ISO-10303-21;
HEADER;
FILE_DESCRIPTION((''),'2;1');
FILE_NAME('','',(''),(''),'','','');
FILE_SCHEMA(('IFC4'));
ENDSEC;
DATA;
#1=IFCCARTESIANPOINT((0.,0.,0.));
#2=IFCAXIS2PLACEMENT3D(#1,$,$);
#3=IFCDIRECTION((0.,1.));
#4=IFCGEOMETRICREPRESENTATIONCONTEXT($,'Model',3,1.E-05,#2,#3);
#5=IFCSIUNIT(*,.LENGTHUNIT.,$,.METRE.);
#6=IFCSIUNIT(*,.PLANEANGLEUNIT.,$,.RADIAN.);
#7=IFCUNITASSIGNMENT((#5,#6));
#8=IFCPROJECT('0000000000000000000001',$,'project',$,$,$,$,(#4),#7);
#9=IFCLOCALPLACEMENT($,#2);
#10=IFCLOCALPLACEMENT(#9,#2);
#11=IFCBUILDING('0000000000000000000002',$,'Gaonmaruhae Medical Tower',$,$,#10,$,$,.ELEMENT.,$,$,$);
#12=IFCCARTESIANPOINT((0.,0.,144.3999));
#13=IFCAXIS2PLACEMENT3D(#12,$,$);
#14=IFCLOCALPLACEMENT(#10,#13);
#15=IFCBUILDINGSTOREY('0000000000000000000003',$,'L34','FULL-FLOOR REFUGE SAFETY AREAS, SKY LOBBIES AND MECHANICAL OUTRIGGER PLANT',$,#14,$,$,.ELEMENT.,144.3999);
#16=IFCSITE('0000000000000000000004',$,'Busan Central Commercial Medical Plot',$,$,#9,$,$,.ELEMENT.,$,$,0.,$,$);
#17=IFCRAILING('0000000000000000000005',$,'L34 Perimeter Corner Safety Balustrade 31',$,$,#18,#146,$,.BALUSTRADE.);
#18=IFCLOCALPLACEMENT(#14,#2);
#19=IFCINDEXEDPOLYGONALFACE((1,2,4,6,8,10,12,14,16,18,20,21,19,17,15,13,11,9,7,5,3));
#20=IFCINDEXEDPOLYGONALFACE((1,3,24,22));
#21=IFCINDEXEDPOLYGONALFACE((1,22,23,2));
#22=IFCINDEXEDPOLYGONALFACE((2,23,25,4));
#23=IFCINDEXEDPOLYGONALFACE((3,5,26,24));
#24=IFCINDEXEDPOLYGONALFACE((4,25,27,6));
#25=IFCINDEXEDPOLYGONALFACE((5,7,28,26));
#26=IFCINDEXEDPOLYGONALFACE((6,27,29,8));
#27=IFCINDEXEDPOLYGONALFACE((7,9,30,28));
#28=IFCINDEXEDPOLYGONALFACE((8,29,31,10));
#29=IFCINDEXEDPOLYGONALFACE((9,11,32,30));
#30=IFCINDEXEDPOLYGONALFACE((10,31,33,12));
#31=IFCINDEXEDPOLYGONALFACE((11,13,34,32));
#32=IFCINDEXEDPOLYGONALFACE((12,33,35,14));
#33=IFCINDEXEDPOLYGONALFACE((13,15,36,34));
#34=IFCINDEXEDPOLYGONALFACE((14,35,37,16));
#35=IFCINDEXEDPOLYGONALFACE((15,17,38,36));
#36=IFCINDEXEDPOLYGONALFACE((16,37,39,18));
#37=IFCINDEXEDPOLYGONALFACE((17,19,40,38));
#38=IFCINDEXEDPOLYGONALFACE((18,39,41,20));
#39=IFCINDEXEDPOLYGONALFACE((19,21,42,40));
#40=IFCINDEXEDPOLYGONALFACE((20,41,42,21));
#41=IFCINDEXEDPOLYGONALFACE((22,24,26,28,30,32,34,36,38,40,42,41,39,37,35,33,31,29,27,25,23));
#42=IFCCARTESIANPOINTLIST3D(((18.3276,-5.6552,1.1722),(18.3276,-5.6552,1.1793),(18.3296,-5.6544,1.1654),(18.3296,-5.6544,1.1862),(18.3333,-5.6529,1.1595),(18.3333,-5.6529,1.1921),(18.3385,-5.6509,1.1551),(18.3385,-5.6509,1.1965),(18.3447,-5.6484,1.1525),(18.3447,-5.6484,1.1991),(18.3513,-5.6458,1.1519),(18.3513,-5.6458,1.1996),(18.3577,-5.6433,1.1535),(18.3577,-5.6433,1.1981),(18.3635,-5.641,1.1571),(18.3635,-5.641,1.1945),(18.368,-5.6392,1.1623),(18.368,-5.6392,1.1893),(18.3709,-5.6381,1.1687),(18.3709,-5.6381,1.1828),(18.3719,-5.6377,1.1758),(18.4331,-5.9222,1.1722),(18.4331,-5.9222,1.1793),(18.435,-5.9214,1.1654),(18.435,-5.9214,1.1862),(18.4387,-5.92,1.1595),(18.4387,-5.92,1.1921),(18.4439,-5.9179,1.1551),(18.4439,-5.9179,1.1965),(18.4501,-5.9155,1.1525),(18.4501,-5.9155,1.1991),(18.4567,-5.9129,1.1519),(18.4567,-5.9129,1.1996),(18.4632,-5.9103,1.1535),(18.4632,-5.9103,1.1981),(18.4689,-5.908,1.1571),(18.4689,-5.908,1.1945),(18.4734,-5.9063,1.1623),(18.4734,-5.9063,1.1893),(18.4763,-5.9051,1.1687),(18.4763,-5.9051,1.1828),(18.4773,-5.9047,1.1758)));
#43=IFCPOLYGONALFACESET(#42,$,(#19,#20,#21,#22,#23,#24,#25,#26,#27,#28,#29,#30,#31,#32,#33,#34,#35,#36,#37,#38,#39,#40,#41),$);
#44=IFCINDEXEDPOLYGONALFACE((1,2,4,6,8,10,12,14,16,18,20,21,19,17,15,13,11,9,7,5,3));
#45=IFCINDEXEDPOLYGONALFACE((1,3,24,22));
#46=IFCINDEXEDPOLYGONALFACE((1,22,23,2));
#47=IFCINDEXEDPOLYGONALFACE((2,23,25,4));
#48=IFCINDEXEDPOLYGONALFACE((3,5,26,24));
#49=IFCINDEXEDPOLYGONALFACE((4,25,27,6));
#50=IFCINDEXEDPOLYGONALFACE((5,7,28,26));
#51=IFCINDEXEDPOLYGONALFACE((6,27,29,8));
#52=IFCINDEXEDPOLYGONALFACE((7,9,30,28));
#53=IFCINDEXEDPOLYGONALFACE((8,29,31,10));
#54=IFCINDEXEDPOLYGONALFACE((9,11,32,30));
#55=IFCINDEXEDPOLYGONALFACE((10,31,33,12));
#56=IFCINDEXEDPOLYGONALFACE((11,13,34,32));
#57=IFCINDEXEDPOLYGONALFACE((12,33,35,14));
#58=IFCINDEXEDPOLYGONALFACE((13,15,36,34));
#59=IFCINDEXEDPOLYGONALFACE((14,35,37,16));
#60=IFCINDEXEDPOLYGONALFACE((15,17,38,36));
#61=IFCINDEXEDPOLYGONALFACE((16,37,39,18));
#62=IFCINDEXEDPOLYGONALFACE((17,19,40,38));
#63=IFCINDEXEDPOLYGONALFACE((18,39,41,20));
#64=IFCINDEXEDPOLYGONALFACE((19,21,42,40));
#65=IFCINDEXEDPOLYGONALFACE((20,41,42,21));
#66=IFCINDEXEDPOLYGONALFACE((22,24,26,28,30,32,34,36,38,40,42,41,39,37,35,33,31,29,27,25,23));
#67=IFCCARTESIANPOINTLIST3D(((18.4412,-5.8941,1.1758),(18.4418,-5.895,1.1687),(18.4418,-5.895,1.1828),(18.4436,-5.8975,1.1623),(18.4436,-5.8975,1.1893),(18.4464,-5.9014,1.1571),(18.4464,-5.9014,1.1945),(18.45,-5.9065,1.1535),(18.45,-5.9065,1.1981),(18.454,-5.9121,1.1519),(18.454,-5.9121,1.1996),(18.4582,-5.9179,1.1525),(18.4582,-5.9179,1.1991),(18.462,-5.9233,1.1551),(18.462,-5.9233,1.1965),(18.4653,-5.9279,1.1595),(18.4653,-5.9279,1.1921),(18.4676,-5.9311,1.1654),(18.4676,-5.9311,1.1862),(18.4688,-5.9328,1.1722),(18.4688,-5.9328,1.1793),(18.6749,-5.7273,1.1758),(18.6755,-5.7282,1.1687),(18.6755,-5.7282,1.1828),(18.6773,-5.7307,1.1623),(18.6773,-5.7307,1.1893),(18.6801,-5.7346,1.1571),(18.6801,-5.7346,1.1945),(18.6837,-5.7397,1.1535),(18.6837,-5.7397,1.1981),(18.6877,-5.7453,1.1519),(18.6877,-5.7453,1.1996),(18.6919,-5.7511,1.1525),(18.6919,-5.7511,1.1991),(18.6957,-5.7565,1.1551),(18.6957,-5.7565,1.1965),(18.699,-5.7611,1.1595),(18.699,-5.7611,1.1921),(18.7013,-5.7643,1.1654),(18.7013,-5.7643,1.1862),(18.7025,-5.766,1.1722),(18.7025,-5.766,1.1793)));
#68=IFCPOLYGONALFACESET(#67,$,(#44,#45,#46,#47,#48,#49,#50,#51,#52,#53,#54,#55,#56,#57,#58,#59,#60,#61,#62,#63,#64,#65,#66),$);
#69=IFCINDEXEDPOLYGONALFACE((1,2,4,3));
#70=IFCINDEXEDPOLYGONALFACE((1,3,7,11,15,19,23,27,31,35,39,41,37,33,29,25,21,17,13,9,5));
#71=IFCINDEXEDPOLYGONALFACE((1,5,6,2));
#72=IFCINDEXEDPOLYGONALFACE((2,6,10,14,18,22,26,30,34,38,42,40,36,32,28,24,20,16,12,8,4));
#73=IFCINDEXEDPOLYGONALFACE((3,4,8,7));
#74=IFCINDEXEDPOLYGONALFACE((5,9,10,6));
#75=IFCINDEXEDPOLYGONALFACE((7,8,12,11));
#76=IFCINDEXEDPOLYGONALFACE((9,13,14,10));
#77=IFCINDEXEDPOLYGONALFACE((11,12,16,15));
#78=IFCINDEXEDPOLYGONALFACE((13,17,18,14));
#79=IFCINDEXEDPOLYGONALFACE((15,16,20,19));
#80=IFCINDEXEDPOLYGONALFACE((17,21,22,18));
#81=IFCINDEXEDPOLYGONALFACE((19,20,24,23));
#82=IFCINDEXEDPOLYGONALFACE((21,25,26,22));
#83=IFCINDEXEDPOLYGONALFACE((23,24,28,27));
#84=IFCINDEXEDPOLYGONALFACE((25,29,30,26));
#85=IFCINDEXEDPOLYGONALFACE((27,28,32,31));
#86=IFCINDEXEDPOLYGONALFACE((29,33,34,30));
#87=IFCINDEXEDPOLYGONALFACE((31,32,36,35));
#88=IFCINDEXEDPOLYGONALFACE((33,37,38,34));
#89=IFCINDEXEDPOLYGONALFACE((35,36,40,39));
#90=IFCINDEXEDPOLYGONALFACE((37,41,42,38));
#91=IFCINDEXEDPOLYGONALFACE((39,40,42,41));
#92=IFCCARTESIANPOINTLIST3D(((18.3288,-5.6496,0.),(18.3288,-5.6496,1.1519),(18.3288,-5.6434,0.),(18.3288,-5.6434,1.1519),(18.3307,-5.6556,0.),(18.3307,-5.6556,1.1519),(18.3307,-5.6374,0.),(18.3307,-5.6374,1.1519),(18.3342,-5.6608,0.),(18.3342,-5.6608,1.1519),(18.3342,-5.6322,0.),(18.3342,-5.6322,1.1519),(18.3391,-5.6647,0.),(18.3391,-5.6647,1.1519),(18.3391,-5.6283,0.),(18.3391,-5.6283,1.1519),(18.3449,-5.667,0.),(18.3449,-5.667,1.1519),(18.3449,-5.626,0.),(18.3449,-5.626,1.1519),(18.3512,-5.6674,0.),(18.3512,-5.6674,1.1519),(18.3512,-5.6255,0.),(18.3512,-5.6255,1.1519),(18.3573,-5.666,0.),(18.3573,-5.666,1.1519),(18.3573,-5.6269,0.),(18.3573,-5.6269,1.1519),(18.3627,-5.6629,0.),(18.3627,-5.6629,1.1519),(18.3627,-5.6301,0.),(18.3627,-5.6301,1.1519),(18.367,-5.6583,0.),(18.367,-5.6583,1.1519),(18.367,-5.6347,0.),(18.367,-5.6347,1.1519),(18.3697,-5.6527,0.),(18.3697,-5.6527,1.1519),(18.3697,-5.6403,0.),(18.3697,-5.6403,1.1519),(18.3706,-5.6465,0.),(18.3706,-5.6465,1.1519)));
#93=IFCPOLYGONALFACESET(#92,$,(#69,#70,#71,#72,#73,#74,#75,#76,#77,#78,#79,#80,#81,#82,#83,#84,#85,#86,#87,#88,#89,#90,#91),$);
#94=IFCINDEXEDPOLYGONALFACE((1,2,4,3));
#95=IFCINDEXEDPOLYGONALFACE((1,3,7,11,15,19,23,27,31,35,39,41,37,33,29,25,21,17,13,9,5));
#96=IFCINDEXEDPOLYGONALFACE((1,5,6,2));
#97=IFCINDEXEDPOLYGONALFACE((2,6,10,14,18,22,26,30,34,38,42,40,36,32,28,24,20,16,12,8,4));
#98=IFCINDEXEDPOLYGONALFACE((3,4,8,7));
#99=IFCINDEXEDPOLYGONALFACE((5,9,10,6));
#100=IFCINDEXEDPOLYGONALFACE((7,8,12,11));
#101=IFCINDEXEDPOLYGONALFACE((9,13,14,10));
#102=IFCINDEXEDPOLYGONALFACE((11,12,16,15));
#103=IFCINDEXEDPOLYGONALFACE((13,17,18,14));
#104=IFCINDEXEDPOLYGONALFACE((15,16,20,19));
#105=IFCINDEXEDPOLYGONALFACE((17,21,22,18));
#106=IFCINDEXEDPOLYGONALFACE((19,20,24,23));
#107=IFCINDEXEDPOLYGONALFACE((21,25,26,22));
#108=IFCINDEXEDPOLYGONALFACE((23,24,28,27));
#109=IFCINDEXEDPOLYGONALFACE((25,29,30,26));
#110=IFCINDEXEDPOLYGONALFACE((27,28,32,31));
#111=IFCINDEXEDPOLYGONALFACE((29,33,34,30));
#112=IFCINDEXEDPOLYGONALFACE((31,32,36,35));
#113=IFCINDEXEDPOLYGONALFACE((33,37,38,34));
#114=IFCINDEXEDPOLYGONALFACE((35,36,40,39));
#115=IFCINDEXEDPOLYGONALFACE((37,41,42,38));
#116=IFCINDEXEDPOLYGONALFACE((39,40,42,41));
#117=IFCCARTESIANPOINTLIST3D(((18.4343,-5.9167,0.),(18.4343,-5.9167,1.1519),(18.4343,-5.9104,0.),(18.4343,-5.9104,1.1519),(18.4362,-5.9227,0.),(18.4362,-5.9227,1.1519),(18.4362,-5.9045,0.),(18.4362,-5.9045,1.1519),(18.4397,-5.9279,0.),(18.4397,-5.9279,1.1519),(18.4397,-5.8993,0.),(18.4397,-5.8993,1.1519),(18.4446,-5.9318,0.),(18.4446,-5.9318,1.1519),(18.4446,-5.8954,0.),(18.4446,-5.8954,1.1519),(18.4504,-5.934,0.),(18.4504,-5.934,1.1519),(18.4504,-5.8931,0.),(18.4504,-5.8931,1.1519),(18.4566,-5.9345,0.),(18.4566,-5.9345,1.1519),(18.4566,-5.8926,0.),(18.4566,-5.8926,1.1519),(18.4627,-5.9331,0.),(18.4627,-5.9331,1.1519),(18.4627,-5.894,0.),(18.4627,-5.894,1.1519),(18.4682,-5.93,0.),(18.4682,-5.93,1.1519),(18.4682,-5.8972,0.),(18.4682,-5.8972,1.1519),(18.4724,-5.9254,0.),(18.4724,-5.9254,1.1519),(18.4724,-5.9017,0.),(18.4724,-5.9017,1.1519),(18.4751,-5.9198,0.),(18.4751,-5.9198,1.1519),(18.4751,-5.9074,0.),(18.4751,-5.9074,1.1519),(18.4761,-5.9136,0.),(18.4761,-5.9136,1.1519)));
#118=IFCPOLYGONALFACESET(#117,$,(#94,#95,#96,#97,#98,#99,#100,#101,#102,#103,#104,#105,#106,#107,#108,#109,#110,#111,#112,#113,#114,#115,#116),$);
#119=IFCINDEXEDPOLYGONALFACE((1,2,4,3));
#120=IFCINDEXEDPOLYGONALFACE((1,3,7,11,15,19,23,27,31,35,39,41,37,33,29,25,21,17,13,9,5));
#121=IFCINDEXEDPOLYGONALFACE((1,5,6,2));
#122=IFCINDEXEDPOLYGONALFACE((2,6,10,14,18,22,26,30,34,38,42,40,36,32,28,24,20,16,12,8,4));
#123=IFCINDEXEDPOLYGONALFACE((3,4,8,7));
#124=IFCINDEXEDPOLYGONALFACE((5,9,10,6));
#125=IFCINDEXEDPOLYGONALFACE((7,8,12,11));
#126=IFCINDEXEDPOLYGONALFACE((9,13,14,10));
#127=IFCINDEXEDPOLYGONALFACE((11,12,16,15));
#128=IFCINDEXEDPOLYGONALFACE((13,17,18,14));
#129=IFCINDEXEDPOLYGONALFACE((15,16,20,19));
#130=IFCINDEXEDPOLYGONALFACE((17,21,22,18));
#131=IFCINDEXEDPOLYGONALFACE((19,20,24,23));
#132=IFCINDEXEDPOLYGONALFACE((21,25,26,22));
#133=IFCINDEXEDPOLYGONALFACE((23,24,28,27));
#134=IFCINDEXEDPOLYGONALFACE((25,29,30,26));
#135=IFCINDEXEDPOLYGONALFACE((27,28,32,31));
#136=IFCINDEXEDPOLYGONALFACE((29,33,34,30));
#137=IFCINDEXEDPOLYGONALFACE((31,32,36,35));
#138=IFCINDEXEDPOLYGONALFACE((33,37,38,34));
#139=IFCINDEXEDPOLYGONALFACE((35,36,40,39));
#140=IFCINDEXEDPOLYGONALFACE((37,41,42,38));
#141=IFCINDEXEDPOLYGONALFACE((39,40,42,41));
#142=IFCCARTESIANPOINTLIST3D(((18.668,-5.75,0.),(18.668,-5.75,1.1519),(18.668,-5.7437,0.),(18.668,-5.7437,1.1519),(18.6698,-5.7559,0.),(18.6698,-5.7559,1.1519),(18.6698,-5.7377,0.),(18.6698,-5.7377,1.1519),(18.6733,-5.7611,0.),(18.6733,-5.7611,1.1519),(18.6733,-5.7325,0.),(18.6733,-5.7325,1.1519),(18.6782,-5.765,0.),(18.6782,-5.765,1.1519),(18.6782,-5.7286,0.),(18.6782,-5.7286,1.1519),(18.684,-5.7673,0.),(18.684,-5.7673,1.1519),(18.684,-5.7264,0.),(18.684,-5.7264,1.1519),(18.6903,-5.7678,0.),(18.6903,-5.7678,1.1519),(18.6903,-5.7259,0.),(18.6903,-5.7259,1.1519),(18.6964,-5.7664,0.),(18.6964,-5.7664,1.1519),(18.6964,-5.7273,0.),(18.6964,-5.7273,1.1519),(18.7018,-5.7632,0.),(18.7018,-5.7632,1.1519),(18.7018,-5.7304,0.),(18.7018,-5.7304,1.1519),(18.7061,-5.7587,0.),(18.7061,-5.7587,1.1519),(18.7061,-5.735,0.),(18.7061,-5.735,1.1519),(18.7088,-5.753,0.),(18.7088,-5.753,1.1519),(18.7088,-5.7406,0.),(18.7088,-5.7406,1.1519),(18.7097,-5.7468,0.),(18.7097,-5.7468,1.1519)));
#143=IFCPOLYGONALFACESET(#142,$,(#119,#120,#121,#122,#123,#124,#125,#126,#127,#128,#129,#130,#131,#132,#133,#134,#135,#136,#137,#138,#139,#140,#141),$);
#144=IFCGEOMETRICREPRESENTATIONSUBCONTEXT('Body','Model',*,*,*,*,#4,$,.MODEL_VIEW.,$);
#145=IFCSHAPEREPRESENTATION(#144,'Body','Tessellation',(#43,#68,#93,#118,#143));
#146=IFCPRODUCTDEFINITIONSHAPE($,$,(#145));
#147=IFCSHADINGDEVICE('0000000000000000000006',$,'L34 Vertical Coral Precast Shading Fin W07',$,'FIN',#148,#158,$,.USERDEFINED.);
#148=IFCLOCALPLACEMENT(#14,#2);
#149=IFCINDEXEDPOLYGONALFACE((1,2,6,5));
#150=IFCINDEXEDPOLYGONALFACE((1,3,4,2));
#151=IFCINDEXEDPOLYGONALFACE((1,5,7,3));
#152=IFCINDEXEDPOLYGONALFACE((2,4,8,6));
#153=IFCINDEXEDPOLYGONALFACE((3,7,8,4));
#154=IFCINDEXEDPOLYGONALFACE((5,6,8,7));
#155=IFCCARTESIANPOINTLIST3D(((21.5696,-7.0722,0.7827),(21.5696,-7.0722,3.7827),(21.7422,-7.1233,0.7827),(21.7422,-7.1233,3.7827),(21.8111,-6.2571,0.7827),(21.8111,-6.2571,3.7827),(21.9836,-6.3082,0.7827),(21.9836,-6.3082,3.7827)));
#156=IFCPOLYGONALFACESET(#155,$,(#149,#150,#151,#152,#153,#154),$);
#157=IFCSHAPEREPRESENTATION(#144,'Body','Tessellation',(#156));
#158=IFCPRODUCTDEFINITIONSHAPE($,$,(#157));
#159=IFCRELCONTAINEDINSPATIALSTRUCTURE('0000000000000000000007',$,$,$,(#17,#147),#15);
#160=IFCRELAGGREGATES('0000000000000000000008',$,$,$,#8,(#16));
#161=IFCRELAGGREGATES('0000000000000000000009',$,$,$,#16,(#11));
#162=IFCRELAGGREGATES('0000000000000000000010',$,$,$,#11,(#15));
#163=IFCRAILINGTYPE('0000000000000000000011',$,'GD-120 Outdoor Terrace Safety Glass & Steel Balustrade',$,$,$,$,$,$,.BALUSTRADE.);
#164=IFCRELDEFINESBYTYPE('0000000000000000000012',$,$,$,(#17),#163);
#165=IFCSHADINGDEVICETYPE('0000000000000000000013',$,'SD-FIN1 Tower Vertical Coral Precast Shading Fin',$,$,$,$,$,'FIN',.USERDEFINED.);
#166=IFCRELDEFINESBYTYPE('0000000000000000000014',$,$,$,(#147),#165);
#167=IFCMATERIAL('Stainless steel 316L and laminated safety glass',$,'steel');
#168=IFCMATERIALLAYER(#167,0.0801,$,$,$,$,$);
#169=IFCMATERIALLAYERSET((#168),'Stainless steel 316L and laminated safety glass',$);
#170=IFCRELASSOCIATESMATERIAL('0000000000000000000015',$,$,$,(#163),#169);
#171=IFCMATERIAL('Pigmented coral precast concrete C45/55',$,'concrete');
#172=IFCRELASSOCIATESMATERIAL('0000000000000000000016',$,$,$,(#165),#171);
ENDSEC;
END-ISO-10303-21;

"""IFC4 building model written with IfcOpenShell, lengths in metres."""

from ifc_helpers import new_model, si_unit, direction, frame, origin, origin_2d, place, context, subcontext, project, spatial, rectangle, circle, extrude, material, layer, layer_set, type_object, element, save


model = new_model("IFC4")

# Units and contexts
model_context = context("Model", 3, precision=1e-05, world=origin(), true_north=direction((0.0, 1.0)))
body_context = subcontext(model_context, "Body", "Model", "MODEL_VIEW")
ifc_project = project(units=[si_unit("LENGTHUNIT", "METRE"), si_unit("PLANEANGLEUNIT", "RADIAN")], contexts=[model_context])

# Site, building, storey
site_placement = place(None, origin())
site = spatial("IfcSite", under=ifc_project, at=site_placement, Name="Busan Central Commercial Medical Plot", CompositionType="ELEMENT", RefElevation=0.0)
building_placement = place(site_placement, origin())
building = spatial("IfcBuilding", under=site, at=building_placement, Name="Gaonmaruhae Medical Tower", CompositionType="ELEMENT")
storey_placement = place(building_placement, frame((0.0, 0.0, 144.3999)))
storey = spatial("IfcBuildingStorey", under=building, at=storey_placement, Name="L34", Description="FULL-FLOOR REFUGE SAFETY AREAS, SKY LOBBIES AND MECHANICAL OUTRIGGER PLANT", CompositionType="ELEMENT", Elevation=144.3999)

# Railing
ifc_material_1 = material(Name="Stainless steel 316L and laminated safety glass", Category="steel")
ifc_layer_1 = layer(ifc_material_1, 0.0801)
ifc_layer_set_1 = layer_set([ifc_layer_1], Name="Stainless steel 316L and laminated safety glass")
railing_type = type_object("IfcRailingType", Name="GD-120 Outdoor Terrace Safety Glass & Steel Balustrade", PredefinedType="BALUSTRADE", material=ifc_layer_set_1)
railing_1_placement = place(storey_placement, frame((18.3496, -5.6465, 0.0)))
element("IfcRailing", 1, at=railing_1_placement, inside=storey, type_object=railing_type, Name="L34 Perimeter Corner Safety Balustrade 31", PredefinedType="BALUSTRADE", context=body_context, shape_type="SweptSolid", body=[
    extrude(circle(Radius=0.0239, at=origin_2d()), frame((0.0, 0.0, 1.1758), z_axis=(0.367283, -0.930109, 0.0), x_axis=(0.930109, 0.367283, 0.0)), (0.0, 0.0, 1.0), 0.2871),
    extrude(circle(Radius=0.0239, at=origin_2d()), frame((0.1055, -0.2671, 1.1758), z_axis=(0.813963, 0.580916, 0.0), x_axis=(-0.580916, 0.813963, 0.0)), (0.0, 0.0, 1.0), 0.2871),
    extrude(circle(Radius=0.021, at=origin_2d()), origin(), (0.0, 0.0, 1.0), 1.1519),
    extrude(circle(Radius=0.021, at=origin_2d()), frame((0.1055, -0.2671, 0.0)), (0.0, 0.0, 1.0), 1.1519),
    extrude(circle(Radius=0.021, at=origin_2d()), frame((0.3391, -0.1003, 0.0)), (0.0, 0.0, 1.0), 1.1519),
])

# Shading device
ifc_material_2 = material(Name="Pigmented coral precast concrete C45/55", Category="concrete")
shading_device_type = type_object("IfcShadingDeviceType", Name="SD-FIN1 Tower Vertical Coral Precast Shading Fin", ElementType="FIN", PredefinedType="USERDEFINED", material=ifc_material_2)
shading_device_placement = place(storey_placement, frame((21.7766, -6.6902, 0.7827), z_axis=(0.0, 0.0, 1.0), x_axis=(-0.958825, 0.283999, 0.0)))
element("IfcShadingDevice", 2, at=shading_device_placement, inside=storey, type_object=shading_device_type, Name="L34 Vertical Coral Precast Shading Fin W07", ObjectType="FIN", PredefinedType="USERDEFINED", context=body_context, shape_type="SweptSolid", body=[
    extrude(rectangle(XDim=0.1799, YDim=0.8501, at=origin_2d()), origin(), (0.0, 0.0, 1.0), 3.0),
])

save(model, "model.ifc")
